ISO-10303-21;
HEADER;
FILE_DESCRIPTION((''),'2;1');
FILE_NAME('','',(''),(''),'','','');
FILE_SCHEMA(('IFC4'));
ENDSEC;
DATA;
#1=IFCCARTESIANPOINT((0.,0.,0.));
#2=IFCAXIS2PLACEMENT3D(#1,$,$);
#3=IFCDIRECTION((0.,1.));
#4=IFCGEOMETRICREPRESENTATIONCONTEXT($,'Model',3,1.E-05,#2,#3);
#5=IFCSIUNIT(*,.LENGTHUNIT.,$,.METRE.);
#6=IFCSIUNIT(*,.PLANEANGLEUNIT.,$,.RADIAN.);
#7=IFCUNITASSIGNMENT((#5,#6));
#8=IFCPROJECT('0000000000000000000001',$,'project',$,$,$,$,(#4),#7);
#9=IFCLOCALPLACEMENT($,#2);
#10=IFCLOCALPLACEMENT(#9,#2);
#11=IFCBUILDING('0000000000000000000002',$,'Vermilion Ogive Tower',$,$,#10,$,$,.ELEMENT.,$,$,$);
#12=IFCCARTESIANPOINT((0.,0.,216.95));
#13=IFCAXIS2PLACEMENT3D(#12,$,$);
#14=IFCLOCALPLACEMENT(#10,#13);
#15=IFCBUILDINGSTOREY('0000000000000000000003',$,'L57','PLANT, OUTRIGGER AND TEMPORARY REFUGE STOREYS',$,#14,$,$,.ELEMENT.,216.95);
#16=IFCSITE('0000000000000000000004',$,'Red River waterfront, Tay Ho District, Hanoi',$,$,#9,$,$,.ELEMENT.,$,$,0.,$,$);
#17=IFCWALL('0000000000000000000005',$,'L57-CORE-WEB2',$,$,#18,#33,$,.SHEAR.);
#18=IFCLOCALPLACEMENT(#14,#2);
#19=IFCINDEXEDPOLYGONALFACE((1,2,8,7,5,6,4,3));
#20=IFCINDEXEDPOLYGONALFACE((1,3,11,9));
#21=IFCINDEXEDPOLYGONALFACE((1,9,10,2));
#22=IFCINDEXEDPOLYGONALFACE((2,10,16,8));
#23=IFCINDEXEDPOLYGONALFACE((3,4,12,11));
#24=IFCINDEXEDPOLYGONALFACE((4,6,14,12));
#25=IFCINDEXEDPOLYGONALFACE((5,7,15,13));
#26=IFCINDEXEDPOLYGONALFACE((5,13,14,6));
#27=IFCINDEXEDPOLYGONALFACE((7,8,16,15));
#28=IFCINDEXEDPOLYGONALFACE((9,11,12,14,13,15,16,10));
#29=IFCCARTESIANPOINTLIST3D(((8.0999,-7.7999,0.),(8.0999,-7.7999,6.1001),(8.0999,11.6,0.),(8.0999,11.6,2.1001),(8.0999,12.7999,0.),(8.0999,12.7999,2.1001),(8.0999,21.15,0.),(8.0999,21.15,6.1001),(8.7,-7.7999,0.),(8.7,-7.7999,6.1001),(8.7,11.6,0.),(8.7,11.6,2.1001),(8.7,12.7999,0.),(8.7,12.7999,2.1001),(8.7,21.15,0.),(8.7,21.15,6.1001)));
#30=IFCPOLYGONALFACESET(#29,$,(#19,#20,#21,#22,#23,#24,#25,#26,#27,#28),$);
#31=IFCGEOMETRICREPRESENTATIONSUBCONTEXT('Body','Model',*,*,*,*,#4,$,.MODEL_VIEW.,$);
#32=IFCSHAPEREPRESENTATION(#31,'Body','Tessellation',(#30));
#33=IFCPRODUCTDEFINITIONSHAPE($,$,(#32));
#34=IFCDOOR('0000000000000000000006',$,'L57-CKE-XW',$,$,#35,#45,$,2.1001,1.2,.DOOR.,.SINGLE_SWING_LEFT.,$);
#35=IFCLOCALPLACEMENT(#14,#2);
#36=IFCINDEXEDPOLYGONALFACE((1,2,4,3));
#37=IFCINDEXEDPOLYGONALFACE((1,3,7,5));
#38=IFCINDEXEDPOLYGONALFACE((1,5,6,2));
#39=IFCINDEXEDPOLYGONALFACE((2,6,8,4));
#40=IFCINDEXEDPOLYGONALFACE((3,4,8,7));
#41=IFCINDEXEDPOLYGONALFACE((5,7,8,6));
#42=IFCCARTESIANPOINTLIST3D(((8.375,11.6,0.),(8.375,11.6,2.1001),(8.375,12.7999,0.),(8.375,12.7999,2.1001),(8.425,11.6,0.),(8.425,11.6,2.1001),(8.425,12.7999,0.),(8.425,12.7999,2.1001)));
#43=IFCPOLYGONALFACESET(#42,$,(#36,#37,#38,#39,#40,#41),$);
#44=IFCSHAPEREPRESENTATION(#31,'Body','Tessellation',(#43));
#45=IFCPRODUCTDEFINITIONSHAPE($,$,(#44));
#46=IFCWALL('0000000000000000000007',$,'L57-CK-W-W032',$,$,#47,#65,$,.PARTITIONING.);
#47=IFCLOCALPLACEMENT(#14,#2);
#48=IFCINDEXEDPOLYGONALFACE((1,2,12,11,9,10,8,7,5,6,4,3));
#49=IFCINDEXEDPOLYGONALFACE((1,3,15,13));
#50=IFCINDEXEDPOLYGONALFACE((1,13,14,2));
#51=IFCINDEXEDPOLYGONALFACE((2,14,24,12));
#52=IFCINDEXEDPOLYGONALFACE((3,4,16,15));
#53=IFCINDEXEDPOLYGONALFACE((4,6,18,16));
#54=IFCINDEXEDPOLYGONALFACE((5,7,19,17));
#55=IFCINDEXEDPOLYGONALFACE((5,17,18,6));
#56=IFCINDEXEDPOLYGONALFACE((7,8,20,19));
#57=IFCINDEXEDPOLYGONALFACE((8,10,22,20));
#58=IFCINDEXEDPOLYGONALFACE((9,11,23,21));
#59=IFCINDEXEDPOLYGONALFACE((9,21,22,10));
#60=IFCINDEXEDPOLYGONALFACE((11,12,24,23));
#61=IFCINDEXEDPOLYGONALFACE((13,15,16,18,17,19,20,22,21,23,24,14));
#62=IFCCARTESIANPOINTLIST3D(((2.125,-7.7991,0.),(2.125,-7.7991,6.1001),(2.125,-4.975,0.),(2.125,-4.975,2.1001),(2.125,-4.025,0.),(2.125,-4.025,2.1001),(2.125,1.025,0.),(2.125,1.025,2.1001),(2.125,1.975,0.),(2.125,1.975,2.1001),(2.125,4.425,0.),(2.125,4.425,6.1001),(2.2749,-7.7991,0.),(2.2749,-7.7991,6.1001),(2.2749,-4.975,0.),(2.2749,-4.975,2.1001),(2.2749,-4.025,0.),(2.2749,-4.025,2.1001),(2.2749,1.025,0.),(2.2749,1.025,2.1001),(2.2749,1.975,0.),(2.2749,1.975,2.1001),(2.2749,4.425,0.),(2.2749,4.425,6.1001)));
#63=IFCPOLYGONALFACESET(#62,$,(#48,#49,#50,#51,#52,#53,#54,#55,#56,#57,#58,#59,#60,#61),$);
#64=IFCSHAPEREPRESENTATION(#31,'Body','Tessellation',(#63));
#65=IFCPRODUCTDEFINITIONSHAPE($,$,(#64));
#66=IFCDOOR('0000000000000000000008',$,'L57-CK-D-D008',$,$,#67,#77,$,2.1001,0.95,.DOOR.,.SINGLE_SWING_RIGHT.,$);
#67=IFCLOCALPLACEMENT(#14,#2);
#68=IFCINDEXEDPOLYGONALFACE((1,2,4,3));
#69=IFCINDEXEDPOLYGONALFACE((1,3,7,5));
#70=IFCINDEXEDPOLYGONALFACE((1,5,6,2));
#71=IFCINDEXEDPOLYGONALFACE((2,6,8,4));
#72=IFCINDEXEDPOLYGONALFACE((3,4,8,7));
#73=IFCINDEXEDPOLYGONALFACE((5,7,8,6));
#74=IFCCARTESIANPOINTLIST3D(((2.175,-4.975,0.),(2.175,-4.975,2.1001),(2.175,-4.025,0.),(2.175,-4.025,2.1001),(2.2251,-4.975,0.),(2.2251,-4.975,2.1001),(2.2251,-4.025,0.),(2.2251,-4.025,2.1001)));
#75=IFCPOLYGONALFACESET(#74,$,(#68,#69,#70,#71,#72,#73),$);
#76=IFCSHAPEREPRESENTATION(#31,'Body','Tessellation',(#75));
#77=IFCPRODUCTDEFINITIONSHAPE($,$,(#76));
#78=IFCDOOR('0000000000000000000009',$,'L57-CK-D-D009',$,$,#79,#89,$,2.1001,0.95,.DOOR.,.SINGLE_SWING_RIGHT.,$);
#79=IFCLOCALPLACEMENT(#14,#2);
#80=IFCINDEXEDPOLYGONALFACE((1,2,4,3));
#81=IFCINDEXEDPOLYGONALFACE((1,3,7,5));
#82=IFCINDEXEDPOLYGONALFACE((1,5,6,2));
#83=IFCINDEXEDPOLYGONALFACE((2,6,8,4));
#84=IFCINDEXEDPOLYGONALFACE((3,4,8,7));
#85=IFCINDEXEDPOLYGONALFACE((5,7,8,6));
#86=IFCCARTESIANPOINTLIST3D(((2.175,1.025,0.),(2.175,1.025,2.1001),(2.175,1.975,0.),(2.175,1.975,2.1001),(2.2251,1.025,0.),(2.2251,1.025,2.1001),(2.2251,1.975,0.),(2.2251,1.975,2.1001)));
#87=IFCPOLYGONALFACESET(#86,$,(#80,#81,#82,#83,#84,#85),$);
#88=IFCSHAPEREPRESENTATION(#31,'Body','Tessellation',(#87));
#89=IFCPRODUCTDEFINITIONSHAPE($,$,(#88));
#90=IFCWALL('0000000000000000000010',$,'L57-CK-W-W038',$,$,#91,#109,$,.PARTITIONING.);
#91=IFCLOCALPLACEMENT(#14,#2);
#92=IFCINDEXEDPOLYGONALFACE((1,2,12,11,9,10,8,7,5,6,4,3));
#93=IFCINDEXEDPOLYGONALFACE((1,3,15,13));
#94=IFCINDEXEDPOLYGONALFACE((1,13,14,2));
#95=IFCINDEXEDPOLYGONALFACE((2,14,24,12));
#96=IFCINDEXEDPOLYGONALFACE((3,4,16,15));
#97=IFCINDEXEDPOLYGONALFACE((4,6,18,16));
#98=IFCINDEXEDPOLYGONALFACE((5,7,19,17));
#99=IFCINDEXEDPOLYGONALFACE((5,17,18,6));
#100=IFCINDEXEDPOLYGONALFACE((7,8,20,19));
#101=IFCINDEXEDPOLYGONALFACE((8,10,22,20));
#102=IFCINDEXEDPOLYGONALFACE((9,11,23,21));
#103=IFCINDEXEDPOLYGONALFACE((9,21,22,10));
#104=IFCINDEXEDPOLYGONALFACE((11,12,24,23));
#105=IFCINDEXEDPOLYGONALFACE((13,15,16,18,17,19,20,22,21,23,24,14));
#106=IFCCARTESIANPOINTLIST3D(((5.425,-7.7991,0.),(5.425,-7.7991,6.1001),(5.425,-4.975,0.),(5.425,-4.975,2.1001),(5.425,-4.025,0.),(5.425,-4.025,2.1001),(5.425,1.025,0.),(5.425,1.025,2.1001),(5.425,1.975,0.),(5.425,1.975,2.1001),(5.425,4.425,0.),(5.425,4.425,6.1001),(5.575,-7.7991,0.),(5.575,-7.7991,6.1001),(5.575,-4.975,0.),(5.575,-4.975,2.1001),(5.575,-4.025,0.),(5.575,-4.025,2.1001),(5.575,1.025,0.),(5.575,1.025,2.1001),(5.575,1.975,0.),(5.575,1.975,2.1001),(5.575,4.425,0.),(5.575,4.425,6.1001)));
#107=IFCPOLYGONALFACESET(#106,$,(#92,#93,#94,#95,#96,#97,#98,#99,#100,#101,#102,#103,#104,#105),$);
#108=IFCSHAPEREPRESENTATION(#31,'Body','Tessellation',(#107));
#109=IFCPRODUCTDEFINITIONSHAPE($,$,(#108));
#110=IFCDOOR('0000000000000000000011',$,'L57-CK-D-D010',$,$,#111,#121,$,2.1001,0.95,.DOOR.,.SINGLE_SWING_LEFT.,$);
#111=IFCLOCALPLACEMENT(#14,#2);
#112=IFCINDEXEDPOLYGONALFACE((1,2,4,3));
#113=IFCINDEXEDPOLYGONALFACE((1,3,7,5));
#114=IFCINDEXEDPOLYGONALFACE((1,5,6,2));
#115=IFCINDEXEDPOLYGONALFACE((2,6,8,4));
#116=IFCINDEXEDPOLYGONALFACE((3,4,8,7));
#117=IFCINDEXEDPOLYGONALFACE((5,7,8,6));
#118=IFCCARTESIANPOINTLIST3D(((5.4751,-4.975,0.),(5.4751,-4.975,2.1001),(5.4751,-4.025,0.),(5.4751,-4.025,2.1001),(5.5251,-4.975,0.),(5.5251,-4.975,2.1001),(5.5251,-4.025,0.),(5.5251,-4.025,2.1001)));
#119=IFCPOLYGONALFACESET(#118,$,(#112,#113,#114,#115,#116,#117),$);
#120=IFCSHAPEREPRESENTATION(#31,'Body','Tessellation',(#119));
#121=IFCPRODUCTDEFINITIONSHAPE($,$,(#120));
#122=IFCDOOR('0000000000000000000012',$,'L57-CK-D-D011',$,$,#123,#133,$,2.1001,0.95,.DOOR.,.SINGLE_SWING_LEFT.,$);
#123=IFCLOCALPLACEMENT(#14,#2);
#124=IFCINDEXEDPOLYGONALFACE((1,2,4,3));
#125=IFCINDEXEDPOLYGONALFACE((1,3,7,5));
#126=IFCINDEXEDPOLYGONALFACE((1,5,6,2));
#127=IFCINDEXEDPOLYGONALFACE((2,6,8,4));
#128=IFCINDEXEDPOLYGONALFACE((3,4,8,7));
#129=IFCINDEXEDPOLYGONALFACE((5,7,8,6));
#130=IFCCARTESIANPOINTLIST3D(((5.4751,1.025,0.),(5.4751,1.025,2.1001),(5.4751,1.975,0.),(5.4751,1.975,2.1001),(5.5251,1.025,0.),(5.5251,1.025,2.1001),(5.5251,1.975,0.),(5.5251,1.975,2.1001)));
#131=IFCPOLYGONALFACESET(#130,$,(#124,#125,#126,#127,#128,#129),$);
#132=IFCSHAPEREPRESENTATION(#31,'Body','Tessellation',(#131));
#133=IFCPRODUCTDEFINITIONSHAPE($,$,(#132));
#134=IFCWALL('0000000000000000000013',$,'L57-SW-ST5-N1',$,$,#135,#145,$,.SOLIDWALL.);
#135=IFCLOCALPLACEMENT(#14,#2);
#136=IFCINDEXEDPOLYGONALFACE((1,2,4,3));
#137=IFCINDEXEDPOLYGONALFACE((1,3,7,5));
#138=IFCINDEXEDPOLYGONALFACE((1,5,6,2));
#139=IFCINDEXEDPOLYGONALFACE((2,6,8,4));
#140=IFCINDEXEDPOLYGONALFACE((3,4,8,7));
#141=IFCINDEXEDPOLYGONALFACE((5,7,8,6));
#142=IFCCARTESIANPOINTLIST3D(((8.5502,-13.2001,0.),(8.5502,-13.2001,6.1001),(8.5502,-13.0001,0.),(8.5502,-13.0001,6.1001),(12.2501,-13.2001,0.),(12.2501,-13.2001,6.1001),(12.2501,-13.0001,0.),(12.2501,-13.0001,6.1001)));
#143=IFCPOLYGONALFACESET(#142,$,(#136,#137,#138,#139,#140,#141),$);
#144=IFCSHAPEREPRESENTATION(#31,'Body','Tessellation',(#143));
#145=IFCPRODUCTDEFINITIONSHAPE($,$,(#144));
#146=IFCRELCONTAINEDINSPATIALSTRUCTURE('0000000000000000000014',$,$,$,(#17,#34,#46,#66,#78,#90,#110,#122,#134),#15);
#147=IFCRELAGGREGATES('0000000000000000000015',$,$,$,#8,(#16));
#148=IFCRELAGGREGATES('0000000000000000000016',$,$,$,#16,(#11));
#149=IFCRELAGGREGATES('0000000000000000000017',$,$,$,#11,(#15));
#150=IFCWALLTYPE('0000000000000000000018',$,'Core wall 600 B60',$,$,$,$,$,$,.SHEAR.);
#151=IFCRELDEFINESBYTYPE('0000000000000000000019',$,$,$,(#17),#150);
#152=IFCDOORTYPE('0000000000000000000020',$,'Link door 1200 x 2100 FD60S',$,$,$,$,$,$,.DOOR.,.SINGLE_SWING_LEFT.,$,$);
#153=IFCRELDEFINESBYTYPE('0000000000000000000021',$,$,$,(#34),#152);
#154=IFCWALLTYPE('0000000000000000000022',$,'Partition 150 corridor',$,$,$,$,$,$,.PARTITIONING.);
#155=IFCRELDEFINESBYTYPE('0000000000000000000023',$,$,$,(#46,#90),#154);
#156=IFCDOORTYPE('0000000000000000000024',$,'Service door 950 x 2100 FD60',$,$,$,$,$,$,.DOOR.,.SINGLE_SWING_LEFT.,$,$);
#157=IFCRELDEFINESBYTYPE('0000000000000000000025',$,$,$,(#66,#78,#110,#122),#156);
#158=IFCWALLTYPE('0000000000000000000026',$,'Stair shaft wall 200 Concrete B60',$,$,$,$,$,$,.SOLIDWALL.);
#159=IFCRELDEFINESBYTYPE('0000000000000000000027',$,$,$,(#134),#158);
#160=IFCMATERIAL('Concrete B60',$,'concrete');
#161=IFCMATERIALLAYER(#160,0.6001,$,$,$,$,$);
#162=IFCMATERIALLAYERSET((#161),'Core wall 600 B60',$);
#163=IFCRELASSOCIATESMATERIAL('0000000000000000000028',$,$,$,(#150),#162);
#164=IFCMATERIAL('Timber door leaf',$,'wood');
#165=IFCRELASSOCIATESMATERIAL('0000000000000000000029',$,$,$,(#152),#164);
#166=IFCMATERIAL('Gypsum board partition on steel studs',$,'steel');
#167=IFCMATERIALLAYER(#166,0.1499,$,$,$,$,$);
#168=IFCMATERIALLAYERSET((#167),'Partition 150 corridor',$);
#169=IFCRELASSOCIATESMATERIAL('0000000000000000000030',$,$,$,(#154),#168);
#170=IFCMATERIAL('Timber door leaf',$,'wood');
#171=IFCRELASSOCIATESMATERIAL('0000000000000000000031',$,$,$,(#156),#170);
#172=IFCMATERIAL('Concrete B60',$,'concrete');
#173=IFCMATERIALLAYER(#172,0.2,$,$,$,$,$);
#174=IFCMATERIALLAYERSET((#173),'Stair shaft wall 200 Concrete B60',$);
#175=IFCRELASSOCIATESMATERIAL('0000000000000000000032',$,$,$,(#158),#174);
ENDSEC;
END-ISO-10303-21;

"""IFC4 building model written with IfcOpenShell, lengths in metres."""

from ifc_helpers import new_model, si_unit, direction, frame, frame_2d, origin, place, context, subcontext, project, spatial, rectangle, extrude, material, layer, layer_set, type_object, element, fill, save


model = new_model("IFC4")

# Units and contexts
model_context = context("Model", 3, precision=1e-05, world=origin(), true_north=direction((0.0, 1.0)))
body_context = subcontext(model_context, "Body", "Model", "MODEL_VIEW")
ifc_project = project(units=[si_unit("LENGTHUNIT", "METRE"), si_unit("PLANEANGLEUNIT", "RADIAN")], contexts=[model_context])

# Site, building, storey
site_placement = place(None, origin())
site = spatial("IfcSite", under=ifc_project, at=site_placement, Name="Red River waterfront, Tay Ho District, Hanoi", CompositionType="ELEMENT", RefElevation=0.0)
building_placement = place(site_placement, origin())
building = spatial("IfcBuilding", under=site, at=building_placement, Name="Vermilion Ogive Tower", CompositionType="ELEMENT")
storey_placement = place(building_placement, frame((0.0, 0.0, 216.95)))
storey = spatial("IfcBuildingStorey", under=building, at=storey_placement, Name="L57", Description="PLANT, OUTRIGGER AND TEMPORARY REFUGE STOREYS", CompositionType="ELEMENT", Elevation=216.95)

# Wall, opening, door
ifc_material_1 = material(Name="Concrete B60", Category="concrete")
ifc_layer_1 = layer(ifc_material_1, 0.6001)
ifc_layer_set_1 = layer_set([ifc_layer_1], Name="Core wall 600 B60")
wall_type_1 = type_object("IfcWallType", Name="Core wall 600 B60", PredefinedType="SHEAR", material=ifc_layer_set_1)
wall_1_placement = place(storey_placement, frame((8.3999, -7.8, 0.0), z_axis=(0.0, 0.0, 1.0), x_axis=(0.0, 1.0, 0.0)))
wall_1 = element("IfcWall", 1, at=wall_1_placement, inside=storey, type_object=wall_type_1, Name="L57-CORE-WEB2", PredefinedType="SHEAR", context=body_context, shape_type="SweptSolid", body=[
    extrude(rectangle(XDim=28.95, YDim=0.6001, at=frame_2d((14.4751, 0.0))), origin(), (0.0, 0.0, 1.0), 6.1001),
])
opening_1_placement = place(wall_1_placement, frame((19.3999, 0.0, 0.0)))
opening_1 = element("IfcOpeningElement", 2, at=opening_1_placement, cuts=wall_1, PredefinedType="OPENING", context=body_context, shape_type="SweptSolid", body=[
    extrude(rectangle(XDim=1.2, YDim=2.1001, at=frame_2d((0.6001, 1.05))), frame((0.0, 0.3101, 0.0), z_axis=(0.0, -1.0, 0.0), x_axis=(1.0, 0.0, 0.0)), (0.0, 0.0, 1.0), 0.6201),
])
ifc_material_2 = material(Name="Timber door leaf", Category="wood")
door_type_1 = type_object("IfcDoorType", Name="Link door 1200 x 2100 FD60S", OperationType="SINGLE_SWING_LEFT", PredefinedType="DOOR", material=ifc_material_2)
door_1_placement = place(opening_1_placement, origin())
door_1 = element("IfcDoor", 3, at=door_1_placement, inside=storey, type_object=door_type_1, Name="L57-CKE-XW", OperationType="SINGLE_SWING_LEFT", OverallHeight=2.1001, OverallWidth=1.2, PredefinedType="DOOR", context=body_context, shape_type="SweptSolid", body=[
    extrude(rectangle(XDim=1.2, YDim=2.1001, at=frame_2d((0.6001, 1.05))), frame((0.0, 0.0249, 0.0), z_axis=(0.0, -1.0, 0.0), x_axis=(1.0, 0.0, 0.0)), (0.0, 0.0, 1.0), 0.05),
])
fill(opening_1, door_1)

# Walls, openings, doors
ifc_material_3 = material(Name="Gypsum board partition on steel studs", Category="steel")
ifc_layer_2 = layer(ifc_material_3, 0.1499)
ifc_layer_set_2 = layer_set([ifc_layer_2], Name="Partition 150 corridor")
wall_type_2 = type_object("IfcWallType", Name="Partition 150 corridor", PredefinedType="PARTITIONING", material=ifc_layer_set_2)
wall_2_placement = place(storey_placement, frame((2.2, -7.7991, 0.0), z_axis=(0.0, 0.0, 1.0), x_axis=(0.0, 1.0, 0.0)))
wall_2 = element("IfcWall", 4, at=wall_2_placement, inside=storey, type_object=wall_type_2, Name="L57-CK-W-W032", PredefinedType="PARTITIONING", context=body_context, shape_type="SweptSolid", body=[
    extrude(rectangle(XDim=12.2241, YDim=0.1499, at=frame_2d((6.1121, 0.0))), origin(), (0.0, 0.0, 1.0), 6.1001),
])
opening_2_placement = place(wall_2_placement, frame((2.824, 0.0, 0.0)))
opening_2 = element("IfcOpeningElement", 5, at=opening_2_placement, cuts=wall_2, PredefinedType="OPENING", context=body_context, shape_type="SweptSolid", body=[
    extrude(rectangle(XDim=0.95, YDim=2.1001, at=frame_2d((0.4751, 1.05))), frame((0.0, 0.085, 0.0), z_axis=(0.0, -1.0, 0.0), x_axis=(1.0, 0.0, 0.0)), (0.0, 0.0, 1.0), 0.1699),
])
opening_3_placement = place(wall_2_placement, frame((8.824, 0.0, 0.0)))
opening_3 = element("IfcOpeningElement", 6, at=opening_3_placement, cuts=wall_2, PredefinedType="OPENING", context=body_context, shape_type="SweptSolid", body=[
    extrude(rectangle(XDim=0.95, YDim=2.1001, at=frame_2d((0.4751, 1.05))), frame((0.0, 0.085, 0.0), z_axis=(0.0, -1.0, 0.0), x_axis=(1.0, 0.0, 0.0)), (0.0, 0.0, 1.0), 0.1699),
])
ifc_material_4 = material(Name="Timber door leaf", Category="wood")
door_type_2 = type_object("IfcDoorType", Name="Service door 950 x 2100 FD60", OperationType="SINGLE_SWING_LEFT", PredefinedType="DOOR", material=ifc_material_4)
door_2_placement = place(opening_2_placement, origin())
door_2 = element("IfcDoor", 7, at=door_2_placement, inside=storey, type_object=door_type_2, Name="L57-CK-D-D008", OperationType="SINGLE_SWING_RIGHT", OverallHeight=2.1001, OverallWidth=0.95, PredefinedType="DOOR", context=body_context, shape_type="SweptSolid", body=[
    extrude(rectangle(XDim=0.95, YDim=2.1001, at=frame_2d((0.4751, 1.05))), frame((0.0, 0.0249, 0.0), z_axis=(0.0, -1.0, 0.0), x_axis=(1.0, 0.0, 0.0)), (0.0, 0.0, 1.0), 0.05),
])
fill(opening_2, door_2)
door_3_placement = place(opening_3_placement, origin())
door_3 = element("IfcDoor", 8, at=door_3_placement, inside=storey, type_object=door_type_2, Name="L57-CK-D-D009", OperationType="SINGLE_SWING_RIGHT", OverallHeight=2.1001, OverallWidth=0.95, PredefinedType="DOOR", context=body_context, shape_type="SweptSolid", body=[
    extrude(rectangle(XDim=0.95, YDim=2.1001, at=frame_2d((0.4751, 1.05))), frame((0.0, 0.0249, 0.0), z_axis=(0.0, -1.0, 0.0), x_axis=(1.0, 0.0, 0.0)), (0.0, 0.0, 1.0), 0.05),
])
fill(opening_3, door_3)
wall_3_placement = place(storey_placement, frame((5.5, -7.7991, 0.0), z_axis=(0.0, 0.0, 1.0), x_axis=(0.0, 1.0, 0.0)))
wall_3 = element("IfcWall", 9, at=wall_3_placement, inside=storey, type_object=wall_type_2, Name="L57-CK-W-W038", PredefinedType="PARTITIONING", context=body_context, shape_type="SweptSolid", body=[
    extrude(rectangle(XDim=12.2241, YDim=0.1499, at=frame_2d((6.1121, 0.0))), origin(), (0.0, 0.0, 1.0), 6.1001),
])
opening_4_placement = place(wall_3_placement, frame((2.824, 0.0, 0.0)))
opening_4 = element("IfcOpeningElement", 10, at=opening_4_placement, cuts=wall_3, PredefinedType="OPENING", context=body_context, shape_type="SweptSolid", body=[
    extrude(rectangle(XDim=0.95, YDim=2.1001, at=frame_2d((0.4751, 1.05))), frame((0.0, 0.085, 0.0), z_axis=(0.0, -1.0, 0.0), x_axis=(1.0, 0.0, 0.0)), (0.0, 0.0, 1.0), 0.1699),
])
opening_5_placement = place(wall_3_placement, frame((8.824, 0.0, 0.0)))
opening_5 = element("IfcOpeningElement", 11, at=opening_5_placement, cuts=wall_3, PredefinedType="OPENING", context=body_context, shape_type="SweptSolid", body=[
    extrude(rectangle(XDim=0.95, YDim=2.1001, at=frame_2d((0.4751, 1.05))), frame((0.0, 0.085, 0.0), z_axis=(0.0, -1.0, 0.0), x_axis=(1.0, 0.0, 0.0)), (0.0, 0.0, 1.0), 0.1699),
])
door_4_placement = place(opening_4_placement, origin())
door_4 = element("IfcDoor", 12, at=door_4_placement, inside=storey, type_object=door_type_2, Name="L57-CK-D-D010", OperationType="SINGLE_SWING_LEFT", OverallHeight=2.1001, OverallWidth=0.95, PredefinedType="DOOR", context=body_context, shape_type="SweptSolid", body=[
    extrude(rectangle(XDim=0.95, YDim=2.1001, at=frame_2d((0.4751, 1.05))), frame((0.0, 0.0249, 0.0), z_axis=(0.0, -1.0, 0.0), x_axis=(1.0, 0.0, 0.0)), (0.0, 0.0, 1.0), 0.05),
])
fill(opening_4, door_4)
door_5_placement = place(opening_5_placement, origin())
door_5 = element("IfcDoor", 13, at=door_5_placement, inside=storey, type_object=door_type_2, Name="L57-CK-D-D011", OperationType="SINGLE_SWING_LEFT", OverallHeight=2.1001, OverallWidth=0.95, PredefinedType="DOOR", context=body_context, shape_type="SweptSolid", body=[
    extrude(rectangle(XDim=0.95, YDim=2.1001, at=frame_2d((0.4751, 1.05))), frame((0.0, 0.0249, 0.0), z_axis=(0.0, -1.0, 0.0), x_axis=(1.0, 0.0, 0.0)), (0.0, 0.0, 1.0), 0.05),
])
fill(opening_5, door_5)

# Wall
ifc_material_5 = material(Name="Concrete B60", Category="concrete")
ifc_layer_3 = layer(ifc_material_5, 0.2)
ifc_layer_set_3 = layer_set([ifc_layer_3], Name="Stair shaft wall 200 Concrete B60")
wall_type_3 = type_object("IfcWallType", Name="Stair shaft wall 200 Concrete B60", PredefinedType="SOLIDWALL", material=ifc_layer_set_3)
wall_4_placement = place(storey_placement, frame((8.55, -13.1001, 0.0), z_axis=(0.0, 0.0, 1.0), x_axis=(1.0, 0.0, 0.0)))
element("IfcWall", 14, at=wall_4_placement, inside=storey, type_object=wall_type_3, Name="L57-SW-ST5-N1", PredefinedType="SOLIDWALL", context=body_context, shape_type="SweptSolid", body=[
    extrude(rectangle(XDim=3.7, YDim=0.2, at=frame_2d((1.8501, 0.0))), origin(), (0.0, 0.0, 1.0), 6.1001),
])

save(model, "model.ifc")
